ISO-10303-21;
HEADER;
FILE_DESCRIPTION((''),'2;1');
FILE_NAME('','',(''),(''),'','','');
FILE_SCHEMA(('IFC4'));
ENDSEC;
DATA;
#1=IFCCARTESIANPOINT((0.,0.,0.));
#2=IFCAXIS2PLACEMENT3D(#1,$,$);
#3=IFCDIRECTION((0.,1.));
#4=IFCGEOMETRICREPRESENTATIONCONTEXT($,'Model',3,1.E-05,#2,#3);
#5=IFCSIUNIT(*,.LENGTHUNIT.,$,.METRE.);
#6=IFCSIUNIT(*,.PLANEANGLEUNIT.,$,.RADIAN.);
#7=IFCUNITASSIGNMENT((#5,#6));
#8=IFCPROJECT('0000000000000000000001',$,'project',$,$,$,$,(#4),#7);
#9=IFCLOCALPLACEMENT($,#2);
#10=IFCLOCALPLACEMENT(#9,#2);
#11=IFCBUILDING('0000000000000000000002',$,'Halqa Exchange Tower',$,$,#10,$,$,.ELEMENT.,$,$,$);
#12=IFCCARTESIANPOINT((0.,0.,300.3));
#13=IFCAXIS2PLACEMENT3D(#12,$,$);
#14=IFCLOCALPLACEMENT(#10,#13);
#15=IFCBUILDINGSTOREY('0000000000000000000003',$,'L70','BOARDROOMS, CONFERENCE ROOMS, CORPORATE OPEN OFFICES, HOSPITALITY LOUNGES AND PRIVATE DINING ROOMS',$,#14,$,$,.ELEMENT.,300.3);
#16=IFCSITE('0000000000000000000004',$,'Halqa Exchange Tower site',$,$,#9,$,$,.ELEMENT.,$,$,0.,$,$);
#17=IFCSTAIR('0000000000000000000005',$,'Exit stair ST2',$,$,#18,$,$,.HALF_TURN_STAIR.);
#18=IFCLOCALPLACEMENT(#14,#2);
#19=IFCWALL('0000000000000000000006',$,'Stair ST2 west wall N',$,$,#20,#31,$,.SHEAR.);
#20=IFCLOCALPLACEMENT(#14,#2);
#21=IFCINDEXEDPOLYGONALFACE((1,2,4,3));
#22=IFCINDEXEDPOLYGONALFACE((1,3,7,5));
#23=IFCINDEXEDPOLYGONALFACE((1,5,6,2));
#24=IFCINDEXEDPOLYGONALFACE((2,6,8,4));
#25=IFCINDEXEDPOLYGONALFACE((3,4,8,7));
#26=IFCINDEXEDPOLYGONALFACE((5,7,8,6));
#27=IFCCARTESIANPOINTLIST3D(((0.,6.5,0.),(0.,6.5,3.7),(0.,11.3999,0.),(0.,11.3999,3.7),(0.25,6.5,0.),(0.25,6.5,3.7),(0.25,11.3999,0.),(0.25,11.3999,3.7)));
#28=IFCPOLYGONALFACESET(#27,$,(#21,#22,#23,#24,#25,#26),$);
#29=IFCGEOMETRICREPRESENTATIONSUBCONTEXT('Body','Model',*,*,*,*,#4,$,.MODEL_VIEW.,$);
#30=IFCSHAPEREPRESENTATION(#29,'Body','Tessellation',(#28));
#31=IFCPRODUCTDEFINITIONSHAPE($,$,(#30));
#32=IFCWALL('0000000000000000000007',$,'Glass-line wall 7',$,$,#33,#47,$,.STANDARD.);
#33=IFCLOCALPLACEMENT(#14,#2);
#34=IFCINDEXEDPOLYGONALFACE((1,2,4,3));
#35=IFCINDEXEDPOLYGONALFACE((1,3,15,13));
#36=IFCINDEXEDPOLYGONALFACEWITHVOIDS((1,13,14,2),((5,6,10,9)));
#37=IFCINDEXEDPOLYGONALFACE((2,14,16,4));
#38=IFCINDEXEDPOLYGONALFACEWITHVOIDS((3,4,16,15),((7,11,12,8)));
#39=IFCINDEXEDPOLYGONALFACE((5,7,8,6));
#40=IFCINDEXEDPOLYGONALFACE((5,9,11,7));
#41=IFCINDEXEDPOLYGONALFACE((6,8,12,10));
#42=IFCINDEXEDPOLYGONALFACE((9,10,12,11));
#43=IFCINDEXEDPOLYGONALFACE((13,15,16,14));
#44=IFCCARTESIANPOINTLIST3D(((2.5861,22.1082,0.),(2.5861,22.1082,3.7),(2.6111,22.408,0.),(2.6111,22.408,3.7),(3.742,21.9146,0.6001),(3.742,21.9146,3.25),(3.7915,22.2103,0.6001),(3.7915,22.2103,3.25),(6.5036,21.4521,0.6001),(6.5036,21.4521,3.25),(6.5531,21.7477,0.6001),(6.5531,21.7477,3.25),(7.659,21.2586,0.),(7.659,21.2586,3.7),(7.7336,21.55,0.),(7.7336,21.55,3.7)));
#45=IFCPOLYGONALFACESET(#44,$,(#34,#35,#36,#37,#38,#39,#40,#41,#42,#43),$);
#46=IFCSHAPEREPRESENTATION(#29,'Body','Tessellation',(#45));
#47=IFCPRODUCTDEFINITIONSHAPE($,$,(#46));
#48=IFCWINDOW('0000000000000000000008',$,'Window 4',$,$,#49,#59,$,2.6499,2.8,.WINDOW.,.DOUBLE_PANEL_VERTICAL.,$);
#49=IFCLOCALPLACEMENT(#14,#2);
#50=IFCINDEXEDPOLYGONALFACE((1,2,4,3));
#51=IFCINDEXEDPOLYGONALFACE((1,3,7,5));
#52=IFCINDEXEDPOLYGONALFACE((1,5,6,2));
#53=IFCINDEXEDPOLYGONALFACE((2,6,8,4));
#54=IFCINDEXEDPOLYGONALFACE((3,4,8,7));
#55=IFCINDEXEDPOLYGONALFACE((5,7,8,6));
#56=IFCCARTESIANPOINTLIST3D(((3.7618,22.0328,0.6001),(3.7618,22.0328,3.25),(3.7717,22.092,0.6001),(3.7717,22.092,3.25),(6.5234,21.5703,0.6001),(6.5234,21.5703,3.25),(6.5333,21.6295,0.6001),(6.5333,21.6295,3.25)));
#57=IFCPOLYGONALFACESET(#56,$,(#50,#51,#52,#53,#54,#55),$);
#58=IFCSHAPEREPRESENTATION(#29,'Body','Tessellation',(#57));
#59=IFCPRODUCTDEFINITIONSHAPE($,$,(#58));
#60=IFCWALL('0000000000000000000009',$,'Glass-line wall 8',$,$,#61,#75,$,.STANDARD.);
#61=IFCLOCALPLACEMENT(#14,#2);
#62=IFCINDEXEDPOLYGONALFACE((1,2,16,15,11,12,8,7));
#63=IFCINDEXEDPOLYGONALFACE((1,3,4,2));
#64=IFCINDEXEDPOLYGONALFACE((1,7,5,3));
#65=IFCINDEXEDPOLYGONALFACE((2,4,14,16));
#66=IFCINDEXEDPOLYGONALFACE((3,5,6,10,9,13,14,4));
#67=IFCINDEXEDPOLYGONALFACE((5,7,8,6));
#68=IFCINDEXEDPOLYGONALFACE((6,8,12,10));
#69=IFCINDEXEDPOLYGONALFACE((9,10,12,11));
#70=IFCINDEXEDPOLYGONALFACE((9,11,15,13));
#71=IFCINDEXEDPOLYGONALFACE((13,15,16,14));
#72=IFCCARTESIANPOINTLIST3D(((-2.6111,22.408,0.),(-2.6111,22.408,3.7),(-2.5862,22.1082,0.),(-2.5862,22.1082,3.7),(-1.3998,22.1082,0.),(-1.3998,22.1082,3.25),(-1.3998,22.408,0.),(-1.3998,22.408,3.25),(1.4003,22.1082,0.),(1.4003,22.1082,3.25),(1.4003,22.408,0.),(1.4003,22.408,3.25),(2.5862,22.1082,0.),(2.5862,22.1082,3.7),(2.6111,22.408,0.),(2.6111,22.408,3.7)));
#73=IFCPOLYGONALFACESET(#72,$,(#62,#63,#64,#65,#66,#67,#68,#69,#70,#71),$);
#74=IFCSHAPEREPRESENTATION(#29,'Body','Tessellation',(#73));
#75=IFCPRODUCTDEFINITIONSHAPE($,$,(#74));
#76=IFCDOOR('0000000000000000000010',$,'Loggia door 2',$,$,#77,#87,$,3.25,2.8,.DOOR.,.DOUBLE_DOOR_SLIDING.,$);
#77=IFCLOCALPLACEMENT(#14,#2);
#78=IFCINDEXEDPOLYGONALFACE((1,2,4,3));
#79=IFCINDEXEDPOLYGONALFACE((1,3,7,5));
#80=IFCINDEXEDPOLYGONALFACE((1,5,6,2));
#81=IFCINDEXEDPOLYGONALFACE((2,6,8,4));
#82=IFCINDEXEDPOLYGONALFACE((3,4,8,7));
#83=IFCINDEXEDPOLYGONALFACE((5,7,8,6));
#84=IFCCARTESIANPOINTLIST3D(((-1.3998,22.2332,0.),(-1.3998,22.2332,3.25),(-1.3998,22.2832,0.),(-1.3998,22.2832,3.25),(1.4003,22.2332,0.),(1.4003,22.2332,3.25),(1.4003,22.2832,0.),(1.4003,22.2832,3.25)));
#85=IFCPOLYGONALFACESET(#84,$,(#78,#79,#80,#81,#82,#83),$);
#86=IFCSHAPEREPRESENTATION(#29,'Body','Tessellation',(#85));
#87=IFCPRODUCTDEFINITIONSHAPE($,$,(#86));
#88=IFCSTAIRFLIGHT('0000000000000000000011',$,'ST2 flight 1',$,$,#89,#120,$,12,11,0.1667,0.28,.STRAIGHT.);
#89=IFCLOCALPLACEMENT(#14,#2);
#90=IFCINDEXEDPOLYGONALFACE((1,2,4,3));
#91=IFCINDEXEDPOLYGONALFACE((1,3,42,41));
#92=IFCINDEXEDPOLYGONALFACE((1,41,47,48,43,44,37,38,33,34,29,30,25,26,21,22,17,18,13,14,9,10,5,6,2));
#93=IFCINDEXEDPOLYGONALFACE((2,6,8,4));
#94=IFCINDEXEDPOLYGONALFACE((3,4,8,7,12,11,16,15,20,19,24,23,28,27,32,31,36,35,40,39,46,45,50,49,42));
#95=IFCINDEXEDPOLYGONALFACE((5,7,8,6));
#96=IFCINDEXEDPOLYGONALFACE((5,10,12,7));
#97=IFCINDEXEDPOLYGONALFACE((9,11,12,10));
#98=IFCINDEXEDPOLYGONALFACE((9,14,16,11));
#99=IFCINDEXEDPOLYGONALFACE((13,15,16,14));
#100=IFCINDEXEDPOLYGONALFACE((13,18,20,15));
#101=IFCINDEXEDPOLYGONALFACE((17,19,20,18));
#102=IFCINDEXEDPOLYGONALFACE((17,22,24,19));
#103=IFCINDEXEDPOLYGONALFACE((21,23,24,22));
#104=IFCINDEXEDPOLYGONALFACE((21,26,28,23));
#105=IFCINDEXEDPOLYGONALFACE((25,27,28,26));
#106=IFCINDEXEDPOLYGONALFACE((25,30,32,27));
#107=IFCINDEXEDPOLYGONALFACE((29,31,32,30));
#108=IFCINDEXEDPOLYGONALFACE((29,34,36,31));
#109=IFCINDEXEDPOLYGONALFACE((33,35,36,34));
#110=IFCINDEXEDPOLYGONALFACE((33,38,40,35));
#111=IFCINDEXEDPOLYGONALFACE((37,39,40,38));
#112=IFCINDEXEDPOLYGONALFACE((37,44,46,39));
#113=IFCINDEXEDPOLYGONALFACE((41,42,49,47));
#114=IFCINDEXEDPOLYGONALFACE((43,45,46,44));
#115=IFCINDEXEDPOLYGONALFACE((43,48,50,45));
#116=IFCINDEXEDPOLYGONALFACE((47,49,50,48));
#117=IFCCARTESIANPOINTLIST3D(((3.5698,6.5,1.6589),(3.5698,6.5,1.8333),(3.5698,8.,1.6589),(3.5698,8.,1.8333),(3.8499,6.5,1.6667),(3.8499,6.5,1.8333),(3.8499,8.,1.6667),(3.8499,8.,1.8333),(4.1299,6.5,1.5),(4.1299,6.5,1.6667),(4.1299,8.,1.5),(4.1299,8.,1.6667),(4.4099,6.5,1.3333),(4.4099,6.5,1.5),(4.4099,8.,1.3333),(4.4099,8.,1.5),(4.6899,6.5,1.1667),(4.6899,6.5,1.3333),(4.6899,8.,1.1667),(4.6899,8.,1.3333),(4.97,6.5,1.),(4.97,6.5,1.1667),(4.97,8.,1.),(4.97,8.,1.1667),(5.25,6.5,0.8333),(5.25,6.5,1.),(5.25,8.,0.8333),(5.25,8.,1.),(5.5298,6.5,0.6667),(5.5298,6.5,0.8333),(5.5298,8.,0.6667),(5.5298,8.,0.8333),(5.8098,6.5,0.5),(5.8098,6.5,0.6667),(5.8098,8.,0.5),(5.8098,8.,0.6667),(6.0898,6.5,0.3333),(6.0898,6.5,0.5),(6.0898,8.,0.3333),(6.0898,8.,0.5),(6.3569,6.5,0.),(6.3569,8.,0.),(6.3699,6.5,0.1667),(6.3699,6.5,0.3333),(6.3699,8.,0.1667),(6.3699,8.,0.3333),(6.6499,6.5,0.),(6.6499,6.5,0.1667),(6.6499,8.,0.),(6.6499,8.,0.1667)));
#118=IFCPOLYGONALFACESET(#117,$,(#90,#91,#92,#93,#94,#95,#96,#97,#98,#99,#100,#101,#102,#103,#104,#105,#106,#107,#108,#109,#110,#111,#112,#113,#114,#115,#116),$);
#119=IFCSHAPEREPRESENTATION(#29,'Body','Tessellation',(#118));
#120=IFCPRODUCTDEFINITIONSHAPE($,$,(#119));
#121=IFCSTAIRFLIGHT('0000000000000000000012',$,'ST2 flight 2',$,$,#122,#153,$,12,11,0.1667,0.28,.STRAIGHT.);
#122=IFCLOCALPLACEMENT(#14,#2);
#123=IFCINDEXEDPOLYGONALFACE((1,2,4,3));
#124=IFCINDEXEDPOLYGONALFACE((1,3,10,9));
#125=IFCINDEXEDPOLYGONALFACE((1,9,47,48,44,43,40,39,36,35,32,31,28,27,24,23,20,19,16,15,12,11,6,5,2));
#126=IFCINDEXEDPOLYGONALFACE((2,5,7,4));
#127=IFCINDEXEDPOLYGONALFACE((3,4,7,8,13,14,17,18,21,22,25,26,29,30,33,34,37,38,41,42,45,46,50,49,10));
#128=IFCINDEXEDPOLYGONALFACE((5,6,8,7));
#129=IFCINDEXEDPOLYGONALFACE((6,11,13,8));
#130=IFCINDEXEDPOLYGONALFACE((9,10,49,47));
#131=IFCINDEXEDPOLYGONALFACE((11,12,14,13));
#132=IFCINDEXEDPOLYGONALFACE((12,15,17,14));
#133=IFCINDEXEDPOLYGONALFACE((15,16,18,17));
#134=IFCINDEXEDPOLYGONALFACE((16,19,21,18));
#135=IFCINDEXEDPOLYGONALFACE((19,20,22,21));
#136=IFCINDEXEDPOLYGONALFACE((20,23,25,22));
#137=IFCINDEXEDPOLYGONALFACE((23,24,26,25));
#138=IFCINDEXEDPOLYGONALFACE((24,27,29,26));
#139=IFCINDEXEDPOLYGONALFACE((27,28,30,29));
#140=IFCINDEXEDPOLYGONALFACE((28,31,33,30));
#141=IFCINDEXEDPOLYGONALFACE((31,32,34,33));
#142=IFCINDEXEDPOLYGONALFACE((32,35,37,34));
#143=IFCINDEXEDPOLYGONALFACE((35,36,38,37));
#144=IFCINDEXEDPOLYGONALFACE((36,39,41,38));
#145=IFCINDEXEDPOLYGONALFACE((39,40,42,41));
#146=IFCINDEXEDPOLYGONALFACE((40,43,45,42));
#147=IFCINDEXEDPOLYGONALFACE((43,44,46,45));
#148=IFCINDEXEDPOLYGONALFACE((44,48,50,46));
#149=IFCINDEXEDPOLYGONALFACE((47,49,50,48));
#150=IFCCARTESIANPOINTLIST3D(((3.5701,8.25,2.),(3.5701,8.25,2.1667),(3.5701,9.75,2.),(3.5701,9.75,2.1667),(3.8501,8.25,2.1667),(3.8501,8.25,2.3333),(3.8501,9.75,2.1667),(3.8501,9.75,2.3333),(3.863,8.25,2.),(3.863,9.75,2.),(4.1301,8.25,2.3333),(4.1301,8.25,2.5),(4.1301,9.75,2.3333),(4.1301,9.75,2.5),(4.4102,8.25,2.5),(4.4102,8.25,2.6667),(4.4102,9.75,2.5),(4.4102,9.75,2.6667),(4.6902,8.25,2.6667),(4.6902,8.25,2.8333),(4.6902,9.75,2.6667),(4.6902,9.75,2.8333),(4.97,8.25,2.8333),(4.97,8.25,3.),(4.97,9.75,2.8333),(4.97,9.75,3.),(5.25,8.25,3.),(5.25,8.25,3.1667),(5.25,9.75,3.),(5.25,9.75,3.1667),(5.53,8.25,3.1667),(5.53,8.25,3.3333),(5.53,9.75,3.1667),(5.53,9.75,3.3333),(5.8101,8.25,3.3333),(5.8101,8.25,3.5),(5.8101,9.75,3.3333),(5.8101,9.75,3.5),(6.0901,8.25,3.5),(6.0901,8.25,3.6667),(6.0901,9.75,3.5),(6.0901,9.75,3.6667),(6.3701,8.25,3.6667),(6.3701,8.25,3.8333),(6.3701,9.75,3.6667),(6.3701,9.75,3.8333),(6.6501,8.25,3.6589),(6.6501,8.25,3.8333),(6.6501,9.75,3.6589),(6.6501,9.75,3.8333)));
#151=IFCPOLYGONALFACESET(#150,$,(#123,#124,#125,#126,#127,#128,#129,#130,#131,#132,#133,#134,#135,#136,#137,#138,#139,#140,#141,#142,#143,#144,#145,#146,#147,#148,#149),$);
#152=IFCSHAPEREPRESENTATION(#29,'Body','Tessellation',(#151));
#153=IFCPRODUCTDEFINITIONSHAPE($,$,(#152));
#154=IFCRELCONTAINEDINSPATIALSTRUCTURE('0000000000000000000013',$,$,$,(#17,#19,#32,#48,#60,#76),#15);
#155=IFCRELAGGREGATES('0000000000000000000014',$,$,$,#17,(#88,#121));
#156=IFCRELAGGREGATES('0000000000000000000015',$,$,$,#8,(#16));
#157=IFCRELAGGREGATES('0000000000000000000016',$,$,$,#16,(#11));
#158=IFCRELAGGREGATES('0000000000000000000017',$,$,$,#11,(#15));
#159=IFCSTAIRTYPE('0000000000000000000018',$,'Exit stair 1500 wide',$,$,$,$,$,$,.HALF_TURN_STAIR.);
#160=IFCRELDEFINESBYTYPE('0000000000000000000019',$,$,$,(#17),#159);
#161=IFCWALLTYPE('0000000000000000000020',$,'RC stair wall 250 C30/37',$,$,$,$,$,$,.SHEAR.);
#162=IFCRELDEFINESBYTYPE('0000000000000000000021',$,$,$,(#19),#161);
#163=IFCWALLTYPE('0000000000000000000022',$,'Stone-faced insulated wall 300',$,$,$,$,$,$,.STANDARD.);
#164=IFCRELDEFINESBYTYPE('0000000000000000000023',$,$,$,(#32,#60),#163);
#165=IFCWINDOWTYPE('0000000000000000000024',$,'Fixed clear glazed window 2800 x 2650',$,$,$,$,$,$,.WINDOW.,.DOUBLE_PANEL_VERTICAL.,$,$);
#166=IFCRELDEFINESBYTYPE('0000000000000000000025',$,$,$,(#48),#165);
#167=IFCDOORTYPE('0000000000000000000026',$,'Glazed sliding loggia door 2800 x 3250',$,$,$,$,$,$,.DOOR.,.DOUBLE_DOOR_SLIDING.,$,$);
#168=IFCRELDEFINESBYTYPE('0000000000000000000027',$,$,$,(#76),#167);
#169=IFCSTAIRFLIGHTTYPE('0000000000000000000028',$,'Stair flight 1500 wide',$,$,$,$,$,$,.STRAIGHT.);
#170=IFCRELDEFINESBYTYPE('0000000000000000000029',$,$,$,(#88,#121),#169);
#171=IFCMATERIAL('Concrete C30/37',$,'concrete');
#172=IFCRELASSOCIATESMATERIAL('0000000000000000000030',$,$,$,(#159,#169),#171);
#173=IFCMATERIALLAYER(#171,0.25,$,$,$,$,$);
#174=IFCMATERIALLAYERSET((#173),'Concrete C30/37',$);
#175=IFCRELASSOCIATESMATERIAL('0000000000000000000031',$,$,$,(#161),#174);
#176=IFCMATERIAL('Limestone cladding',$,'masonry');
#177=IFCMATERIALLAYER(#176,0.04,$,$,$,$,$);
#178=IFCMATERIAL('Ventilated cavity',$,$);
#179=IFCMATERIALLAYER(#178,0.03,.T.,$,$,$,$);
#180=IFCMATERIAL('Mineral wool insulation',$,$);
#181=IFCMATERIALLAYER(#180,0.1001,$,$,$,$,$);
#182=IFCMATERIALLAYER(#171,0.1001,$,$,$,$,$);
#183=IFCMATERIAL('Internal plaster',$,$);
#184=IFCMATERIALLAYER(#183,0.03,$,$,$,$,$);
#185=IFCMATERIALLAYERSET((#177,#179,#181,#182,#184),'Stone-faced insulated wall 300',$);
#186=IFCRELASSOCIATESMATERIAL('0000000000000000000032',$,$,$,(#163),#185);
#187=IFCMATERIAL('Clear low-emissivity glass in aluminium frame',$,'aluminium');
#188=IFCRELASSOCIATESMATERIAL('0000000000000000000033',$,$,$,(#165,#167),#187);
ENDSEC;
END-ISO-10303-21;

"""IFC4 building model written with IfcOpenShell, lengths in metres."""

from ifc_helpers import new_model, si_unit, direction, frame, frame_2d, origin, place, context, subcontext, project, spatial, polyline, rectangle, outline, extrude, material, layer, layer_set, type_object, element, fill, aggregate, save


model = new_model("IFC4")

# Units and contexts
model_context = context("Model", 3, precision=1e-05, world=origin(), true_north=direction((0.0, 1.0)))
body_context = subcontext(model_context, "Body", "Model", "MODEL_VIEW")
ifc_project = project(units=[si_unit("LENGTHUNIT", "METRE"), si_unit("PLANEANGLEUNIT", "RADIAN")], contexts=[model_context])

# Site, building, storey
site_placement = place(None, origin())
site = spatial("IfcSite", under=ifc_project, at=site_placement, Name="Halqa Exchange Tower site", CompositionType="ELEMENT", RefElevation=0.0)
building_placement = place(site_placement, origin())
building = spatial("IfcBuilding", under=site, at=building_placement, Name="Halqa Exchange Tower", CompositionType="ELEMENT")
storey_placement = place(building_placement, frame((0.0, 0.0, 300.3)))
storey = spatial("IfcBuildingStorey", under=building, at=storey_placement, Name="L70", Description="BOARDROOMS, CONFERENCE ROOMS, CORPORATE OPEN OFFICES, HOSPITALITY LOUNGES AND PRIVATE DINING ROOMS", CompositionType="ELEMENT", Elevation=300.3)

# Stair
ifc_material_1 = material(Name="Concrete C30/37", Category="concrete")
stair_type = type_object("IfcStairType", Name="Exit stair 1500 wide", PredefinedType="HALF_TURN_STAIR", material=ifc_material_1)
stair_1_placement = place(storey_placement, origin())
stair_1 = element("IfcStair", 1, at=stair_1_placement, inside=storey, type_object=stair_type, Name="Exit stair ST2", PredefinedType="HALF_TURN_STAIR")

# Wall
ifc_layer_1 = layer(ifc_material_1, 0.25)
ifc_layer_set_1 = layer_set([ifc_layer_1], Name="Concrete C30/37")
wall_type_1 = type_object("IfcWallType", Name="RC stair wall 250 C30/37", PredefinedType="SHEAR", material=ifc_layer_set_1)
wall_1_placement = place(storey_placement, frame((0.125, 6.5, 0.0), z_axis=(0.0, 0.0, 1.0), x_axis=(0.0, 1.0, 0.0)))
element("IfcWall", 2, at=wall_1_placement, inside=storey, type_object=wall_type_1, Name="Stair ST2 west wall N", PredefinedType="SHEAR", context=body_context, shape_type="SweptSolid", body=[
    extrude(rectangle(XDim=4.8999, YDim=0.25, at=frame_2d((2.45, 0.0))), origin(), (0.0, 0.0, 1.0), 3.7),
])

# Wall, opening, window
ifc_material_2 = material(Name="Limestone cladding", Category="masonry")
ifc_layer_2 = layer(ifc_material_2, 0.04)
ifc_material_3 = material(Name="Ventilated cavity")
ifc_layer_3 = layer(ifc_material_3, 0.03, ventilated=True)
ifc_material_4 = material(Name="Mineral wool insulation")
ifc_layer_4 = layer(ifc_material_4, 0.1001)
ifc_layer_5 = layer(ifc_material_1, 0.1001)
ifc_material_5 = material(Name="Internal plaster")
ifc_layer_6 = layer(ifc_material_5, 0.03)
ifc_layer_set_2 = layer_set([ifc_layer_2, ifc_layer_3, ifc_layer_4, ifc_layer_5, ifc_layer_6], Name="Stone-faced insulated wall 300")
wall_type_2 = type_object("IfcWallType", Name="Stone-faced insulated wall 300", PredefinedType="STANDARD", material=ifc_layer_set_2)
wall_2_placement = place(storey_placement, frame((7.6963, 21.4043, 0.0), z_axis=(0.0, 0.0, 1.0), x_axis=(-0.986263, 0.16518, 0.0)))
wall_2 = element("IfcWall", 3, at=wall_2_placement, inside=storey, type_object=wall_type_2, Name="Glass-line wall 7", PredefinedType="STANDARD", context=body_context, shape_type="SweptSolid", body=[
    extrude(outline(polyline([(-0.0127, -0.1499), (5.1812, -0.1499), (5.1562, 0.1499), (0.0127, 0.1499), (-0.0127, -0.1499)])), origin(), (0.0, 0.0, 1.0), 3.7),
])
opening_1_placement = place(wall_2_placement, frame((1.1843, 0.0, 0.6001)))
opening_1 = element("IfcOpeningElement", 4, at=opening_1_placement, cuts=wall_2, PredefinedType="OPENING", context=body_context, shape_type="SweptSolid", body=[
    extrude(rectangle(XDim=2.8, YDim=2.6499, at=frame_2d((1.3999, 1.325))), frame((0.0, 0.1621, 0.0), z_axis=(0.0, -1.0, 0.0), x_axis=(1.0, 0.0, 0.0)), (0.0, 0.0, 1.0), 0.324),
])
ifc_material_6 = material(Name="Clear low-emissivity glass in aluminium frame", Category="aluminium")
window_type = type_object("IfcWindowType", Name="Fixed clear glazed window 2800 x 2650", PartitioningType="DOUBLE_PANEL_VERTICAL", PredefinedType="WINDOW", material=ifc_material_6)
window_placement = place(opening_1_placement, origin())
window = element("IfcWindow", 5, at=window_placement, inside=storey, type_object=window_type, Name="Window 4", OverallHeight=2.6499, OverallWidth=2.8, PartitioningType="DOUBLE_PANEL_VERTICAL", PredefinedType="WINDOW", context=body_context, shape_type="SweptSolid", body=[
    extrude(rectangle(XDim=2.8, YDim=2.6499, at=frame_2d((1.3999, 1.325))), frame((0.0, 0.03, 0.0), z_axis=(0.0, -1.0, 0.0), x_axis=(1.0, 0.0, 0.0)), (0.0, 0.0, 1.0), 0.0601),
])
fill(opening_1, window)

# Wall, opening, door
wall_3_placement = place(storey_placement, frame((2.5986, 22.2581, 0.0), z_axis=(0.0, 0.0, 1.0), x_axis=(-1.0, 0.0, 0.0)))
wall_3 = element("IfcWall", 6, at=wall_3_placement, inside=storey, type_object=wall_type_2, Name="Glass-line wall 8", PredefinedType="STANDARD", context=body_context, shape_type="SweptSolid", body=[
    extrude(outline(polyline([(-0.0125, -0.1499), (5.2097, -0.1499), (5.1848, 0.1499), (0.0125, 0.1499), (-0.0125, -0.1499)])), origin(), (0.0, 0.0, 1.0), 3.7),
])
opening_2_placement = place(wall_3_placement, frame((1.1985, 0.0, 0.0)))
opening_2 = element("IfcOpeningElement", 7, at=opening_2_placement, cuts=wall_3, PredefinedType="OPENING", context=body_context, shape_type="SweptSolid", body=[
    extrude(rectangle(XDim=2.8, YDim=3.25, at=frame_2d((1.3999, 1.625))), frame((0.0, 0.1621, 0.0), z_axis=(0.0, -1.0, 0.0), x_axis=(1.0, 0.0, 0.0)), (0.0, 0.0, 1.0), 0.324),
])
door_type = type_object("IfcDoorType", Name="Glazed sliding loggia door 2800 x 3250", OperationType="DOUBLE_DOOR_SLIDING", PredefinedType="DOOR", material=ifc_material_6)
door_placement = place(opening_2_placement, origin())
door = element("IfcDoor", 8, at=door_placement, inside=storey, type_object=door_type, Name="Loggia door 2", OperationType="DOUBLE_DOOR_SLIDING", OverallHeight=3.25, OverallWidth=2.8, PredefinedType="DOOR", context=body_context, shape_type="SweptSolid", body=[
    extrude(rectangle(XDim=2.8, YDim=3.25, at=frame_2d((1.3999, 1.625))), frame((0.0, 0.0249, 0.0), z_axis=(0.0, -1.0, 0.0), x_axis=(1.0, 0.0, 0.0)), (0.0, 0.0, 1.0), 0.05),
])
fill(opening_2, door)

# Stair flights
stair_flight_type = type_object("IfcStairFlightType", Name="Stair flight 1500 wide", PredefinedType="STRAIGHT", material=ifc_material_1)
stair_flight_1_placement = place(storey_placement, frame((6.6499, 7.25, 0.0), z_axis=(0.0, 0.0, 1.0), x_axis=(-1.0, 0.0, 0.0)))
stair_flight_1 = element("IfcStairFlight", 9, at=stair_flight_1_placement, type_object=stair_flight_type, Name="ST2 flight 1", NumberOfRisers=12, NumberOfTreads=11, PredefinedType="STRAIGHT", RiserHeight=0.1667, TreadLength=0.28, context=body_context, shape_type="SweptSolid", body=[
    extrude(outline(polyline([(0.0, 0.0), (0.0, 0.1667), (0.28, 0.1667), (0.28, 0.3333), (0.5601, 0.3333), (0.5601, 0.5), (0.8401, 0.5), (0.8401, 0.6667), (1.1201, 0.6667), (1.1201, 0.8333), (1.3999, 0.8333), (1.3999, 1.0), (1.6799, 1.0), (1.6799, 1.1667), (1.96, 1.1667), (1.96, 1.3333), (2.24, 1.3333), (2.24, 1.5), (2.52, 1.5), (2.52, 1.6667), (2.8, 1.6667), (2.8, 1.8333), (3.0801, 1.8333), (3.0801, 2.0), (3.0801, 1.6589), (0.293, 0.0), (0.0, 0.0)])), frame((0.0, 0.75, 0.0), z_axis=(0.0, -1.0, 0.0), x_axis=(1.0, 0.0, 0.0)), (0.0, 0.0, 1.0), 1.5),
])
stair_flight_2_placement = place(storey_placement, frame((3.5701, 9.0, 2.0), z_axis=(0.0, 0.0, 1.0), x_axis=(1.0, 0.0, 0.0)))
stair_flight_2 = element("IfcStairFlight", 10, at=stair_flight_2_placement, type_object=stair_flight_type, Name="ST2 flight 2", NumberOfRisers=12, NumberOfTreads=11, PredefinedType="STRAIGHT", RiserHeight=0.1667, TreadLength=0.28, context=body_context, shape_type="SweptSolid", body=[
    extrude(outline(polyline([(0.0, 0.0), (0.0, 0.1667), (0.28, 0.1667), (0.28, 0.3333), (0.5601, 0.3333), (0.5601, 0.5), (0.8401, 0.5), (0.8401, 0.6667), (1.1201, 0.6667), (1.1201, 0.8333), (1.3999, 0.8333), (1.3999, 1.0), (1.6799, 1.0), (1.6799, 1.1667), (1.96, 1.1667), (1.96, 1.3333), (2.24, 1.3333), (2.24, 1.5), (2.52, 1.5), (2.52, 1.6667), (2.8, 1.6667), (2.8, 1.8333), (3.0801, 1.8333), (3.0801, 2.0), (3.0801, 1.6589), (0.293, 0.0), (0.0, 0.0)])), frame((0.0, 0.75, 0.0), z_axis=(0.0, -1.0, 0.0), x_axis=(1.0, 0.0, 0.0)), (0.0, 0.0, 1.0), 1.5),
])
aggregate(stair_1, [stair_flight_1, stair_flight_2])

save(model, "model.ifc")
